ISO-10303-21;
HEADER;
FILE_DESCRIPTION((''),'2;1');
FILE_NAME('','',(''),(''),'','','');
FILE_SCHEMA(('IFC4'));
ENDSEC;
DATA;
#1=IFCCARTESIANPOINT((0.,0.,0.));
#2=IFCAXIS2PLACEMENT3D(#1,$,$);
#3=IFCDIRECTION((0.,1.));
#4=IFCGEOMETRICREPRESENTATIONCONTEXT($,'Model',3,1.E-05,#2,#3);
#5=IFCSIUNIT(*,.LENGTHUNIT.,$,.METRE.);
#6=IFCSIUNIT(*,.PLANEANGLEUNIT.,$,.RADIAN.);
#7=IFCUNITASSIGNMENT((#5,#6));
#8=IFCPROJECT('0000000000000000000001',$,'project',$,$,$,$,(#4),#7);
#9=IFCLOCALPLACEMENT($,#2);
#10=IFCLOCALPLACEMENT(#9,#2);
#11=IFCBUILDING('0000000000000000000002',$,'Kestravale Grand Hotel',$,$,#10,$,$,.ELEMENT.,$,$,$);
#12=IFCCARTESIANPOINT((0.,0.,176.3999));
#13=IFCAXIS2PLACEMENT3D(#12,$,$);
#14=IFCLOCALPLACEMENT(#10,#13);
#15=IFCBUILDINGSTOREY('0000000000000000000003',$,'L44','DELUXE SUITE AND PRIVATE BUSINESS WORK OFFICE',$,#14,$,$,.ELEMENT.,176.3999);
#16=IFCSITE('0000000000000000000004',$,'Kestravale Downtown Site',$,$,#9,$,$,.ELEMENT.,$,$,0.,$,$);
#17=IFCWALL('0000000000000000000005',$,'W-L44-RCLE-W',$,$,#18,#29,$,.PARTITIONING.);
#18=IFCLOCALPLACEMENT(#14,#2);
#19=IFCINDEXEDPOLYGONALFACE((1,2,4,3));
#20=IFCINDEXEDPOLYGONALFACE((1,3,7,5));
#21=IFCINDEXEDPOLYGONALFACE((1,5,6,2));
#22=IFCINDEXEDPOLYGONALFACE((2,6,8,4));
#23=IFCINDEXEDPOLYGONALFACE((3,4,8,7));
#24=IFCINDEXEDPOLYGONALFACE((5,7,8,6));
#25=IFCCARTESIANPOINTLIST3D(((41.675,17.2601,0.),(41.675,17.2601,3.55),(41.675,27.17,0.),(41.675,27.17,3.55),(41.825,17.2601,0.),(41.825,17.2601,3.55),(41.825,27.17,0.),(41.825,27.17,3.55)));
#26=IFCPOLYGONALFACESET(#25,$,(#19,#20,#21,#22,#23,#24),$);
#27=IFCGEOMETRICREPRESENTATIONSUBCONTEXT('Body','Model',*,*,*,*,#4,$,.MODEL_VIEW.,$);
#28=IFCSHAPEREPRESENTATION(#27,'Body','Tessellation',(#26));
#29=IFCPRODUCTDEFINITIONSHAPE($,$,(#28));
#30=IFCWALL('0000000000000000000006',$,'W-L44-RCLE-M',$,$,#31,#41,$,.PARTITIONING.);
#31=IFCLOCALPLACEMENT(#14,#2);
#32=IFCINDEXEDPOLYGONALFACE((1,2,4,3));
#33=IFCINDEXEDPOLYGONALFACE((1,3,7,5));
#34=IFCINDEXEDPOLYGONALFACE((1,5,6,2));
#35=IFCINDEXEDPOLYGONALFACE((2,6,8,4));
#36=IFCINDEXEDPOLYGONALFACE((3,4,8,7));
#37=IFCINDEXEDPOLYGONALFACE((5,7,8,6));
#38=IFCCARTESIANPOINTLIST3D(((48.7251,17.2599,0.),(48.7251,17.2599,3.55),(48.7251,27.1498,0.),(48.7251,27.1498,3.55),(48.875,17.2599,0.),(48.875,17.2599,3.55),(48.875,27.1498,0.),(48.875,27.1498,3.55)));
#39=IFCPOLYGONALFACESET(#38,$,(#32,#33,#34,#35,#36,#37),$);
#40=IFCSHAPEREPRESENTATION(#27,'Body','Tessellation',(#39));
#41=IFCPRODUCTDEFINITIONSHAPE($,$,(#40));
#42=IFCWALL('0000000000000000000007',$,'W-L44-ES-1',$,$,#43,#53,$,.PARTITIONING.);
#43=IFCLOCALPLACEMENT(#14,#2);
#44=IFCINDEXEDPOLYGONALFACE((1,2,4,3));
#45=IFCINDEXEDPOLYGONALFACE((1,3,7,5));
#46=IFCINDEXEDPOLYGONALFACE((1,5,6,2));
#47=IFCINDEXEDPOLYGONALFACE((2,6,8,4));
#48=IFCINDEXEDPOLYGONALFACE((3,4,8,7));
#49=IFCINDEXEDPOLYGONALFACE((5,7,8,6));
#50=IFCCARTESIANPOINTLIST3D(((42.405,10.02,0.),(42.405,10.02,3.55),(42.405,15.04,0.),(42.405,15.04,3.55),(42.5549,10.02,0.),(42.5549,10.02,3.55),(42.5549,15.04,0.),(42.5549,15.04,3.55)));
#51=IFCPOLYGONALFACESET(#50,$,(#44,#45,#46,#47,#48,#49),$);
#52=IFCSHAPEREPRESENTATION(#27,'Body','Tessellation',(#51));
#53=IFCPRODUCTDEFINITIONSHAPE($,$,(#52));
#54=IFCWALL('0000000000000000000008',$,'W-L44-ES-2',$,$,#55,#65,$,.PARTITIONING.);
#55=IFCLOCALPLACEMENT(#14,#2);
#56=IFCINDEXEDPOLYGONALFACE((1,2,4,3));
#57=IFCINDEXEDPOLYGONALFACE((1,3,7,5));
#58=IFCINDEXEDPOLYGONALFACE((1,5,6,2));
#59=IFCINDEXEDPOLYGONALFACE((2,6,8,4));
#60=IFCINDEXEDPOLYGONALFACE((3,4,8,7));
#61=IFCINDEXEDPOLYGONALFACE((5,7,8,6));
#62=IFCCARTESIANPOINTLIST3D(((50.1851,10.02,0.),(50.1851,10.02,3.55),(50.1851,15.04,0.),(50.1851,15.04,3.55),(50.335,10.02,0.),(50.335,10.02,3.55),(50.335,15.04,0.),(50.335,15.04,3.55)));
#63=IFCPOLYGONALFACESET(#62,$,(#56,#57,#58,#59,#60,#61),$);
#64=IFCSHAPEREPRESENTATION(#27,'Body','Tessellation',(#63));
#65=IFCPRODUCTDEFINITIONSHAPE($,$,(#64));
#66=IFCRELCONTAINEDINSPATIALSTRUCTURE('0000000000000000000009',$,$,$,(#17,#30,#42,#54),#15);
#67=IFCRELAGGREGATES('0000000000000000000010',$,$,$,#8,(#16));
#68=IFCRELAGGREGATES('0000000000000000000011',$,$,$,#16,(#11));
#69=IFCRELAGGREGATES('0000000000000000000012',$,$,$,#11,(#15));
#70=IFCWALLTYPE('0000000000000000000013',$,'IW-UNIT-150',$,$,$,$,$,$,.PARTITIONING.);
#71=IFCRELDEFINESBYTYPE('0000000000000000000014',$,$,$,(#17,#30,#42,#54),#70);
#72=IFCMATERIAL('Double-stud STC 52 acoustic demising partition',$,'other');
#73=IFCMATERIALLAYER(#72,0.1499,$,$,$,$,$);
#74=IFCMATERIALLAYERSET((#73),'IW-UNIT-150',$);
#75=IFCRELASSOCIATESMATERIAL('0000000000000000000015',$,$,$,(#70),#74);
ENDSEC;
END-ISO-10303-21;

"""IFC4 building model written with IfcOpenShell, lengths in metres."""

from ifc_helpers import new_model, si_unit, direction, frame, frame_2d, origin, place, context, subcontext, project, spatial, rectangle, extrude, material, layer, layer_set, type_object, element, save


model = new_model("IFC4")

# Units and contexts
model_context = context("Model", 3, precision=1e-05, world=origin(), true_north=direction((0.0, 1.0)))
body_context = subcontext(model_context, "Body", "Model", "MODEL_VIEW")
ifc_project = project(units=[si_unit("LENGTHUNIT", "METRE"), si_unit("PLANEANGLEUNIT", "RADIAN")], contexts=[model_context])

# Site, building, storey
site_placement = place(None, origin())
site = spatial("IfcSite", under=ifc_project, at=site_placement, Name="Kestravale Downtown Site", CompositionType="ELEMENT", RefElevation=0.0)
building_placement = place(site_placement, origin())
building = spatial("IfcBuilding", under=site, at=building_placement, Name="Kestravale Grand Hotel", CompositionType="ELEMENT")
storey_placement = place(building_placement, frame((0.0, 0.0, 176.3999)))
storey = spatial("IfcBuildingStorey", under=building, at=storey_placement, Name="L44", Description="DELUXE SUITE AND PRIVATE BUSINESS WORK OFFICE", CompositionType="ELEMENT", Elevation=176.3999)

# Walls
ifc_material_1 = material(Name="Double-stud STC 52 acoustic demising partition", Category="other")
ifc_layer_1 = layer(ifc_material_1, 0.1499)
ifc_layer_set_1 = layer_set([ifc_layer_1], Name="IW-UNIT-150")
wall_type_1 = type_object("IfcWallType", Name="IW-UNIT-150", PredefinedType="PARTITIONING", material=ifc_layer_set_1)
wall_1_placement = place(storey_placement, frame((41.75, 17.26, 0.0), z_axis=(0.0, 0.0, 1.0), x_axis=(0.0, 1.0, 0.0)))
element("IfcWall", 1, at=wall_1_placement, inside=storey, type_object=wall_type_1, Name="W-L44-RCLE-W", PredefinedType="PARTITIONING", context=body_context, shape_type="SweptSolid", body=[
    extrude(rectangle(XDim=9.9099, YDim=0.1499, at=frame_2d((4.9551, 0.0))), origin(), (0.0, 0.0, 1.0), 3.55),
])
wall_2_placement = place(storey_placement, frame((48.8, 17.26, 0.0), z_axis=(0.0, 0.0, 1.0), x_axis=(0.0, 1.0, 0.0)))
element("IfcWall", 2, at=wall_2_placement, inside=storey, type_object=wall_type_1, Name="W-L44-RCLE-M", PredefinedType="PARTITIONING", context=body_context, shape_type="SweptSolid", body=[
    extrude(rectangle(XDim=9.8899, YDim=0.1499, at=frame_2d((4.9448, 0.0))), origin(), (0.0, 0.0, 1.0), 3.55),
])
for number, where, z_axis, x_axis, name in (
    (3, (42.48, 10.02, 0.0), (0.0, 0.0, 1.0), (0.0, 1.0, 0.0), "W-L44-ES-1"),
    (4, (50.26, 10.02, 0.0), (0.0, 0.0, 1.0), (0.0, 1.0, 0.0), "W-L44-ES-2"),
):
    element("IfcWall", number, at=place(storey_placement, frame(where, z_axis=z_axis, x_axis=x_axis)), inside=storey, type_object=wall_type_1, Name=name, PredefinedType="PARTITIONING", context=body_context, shape_type="SweptSolid", body=[
        extrude(rectangle(XDim=5.02, YDim=0.1499, at=frame_2d((2.51, 0.0))), origin(), (0.0, 0.0, 1.0), 3.55),
    ])

save(model, "model.ifc")
